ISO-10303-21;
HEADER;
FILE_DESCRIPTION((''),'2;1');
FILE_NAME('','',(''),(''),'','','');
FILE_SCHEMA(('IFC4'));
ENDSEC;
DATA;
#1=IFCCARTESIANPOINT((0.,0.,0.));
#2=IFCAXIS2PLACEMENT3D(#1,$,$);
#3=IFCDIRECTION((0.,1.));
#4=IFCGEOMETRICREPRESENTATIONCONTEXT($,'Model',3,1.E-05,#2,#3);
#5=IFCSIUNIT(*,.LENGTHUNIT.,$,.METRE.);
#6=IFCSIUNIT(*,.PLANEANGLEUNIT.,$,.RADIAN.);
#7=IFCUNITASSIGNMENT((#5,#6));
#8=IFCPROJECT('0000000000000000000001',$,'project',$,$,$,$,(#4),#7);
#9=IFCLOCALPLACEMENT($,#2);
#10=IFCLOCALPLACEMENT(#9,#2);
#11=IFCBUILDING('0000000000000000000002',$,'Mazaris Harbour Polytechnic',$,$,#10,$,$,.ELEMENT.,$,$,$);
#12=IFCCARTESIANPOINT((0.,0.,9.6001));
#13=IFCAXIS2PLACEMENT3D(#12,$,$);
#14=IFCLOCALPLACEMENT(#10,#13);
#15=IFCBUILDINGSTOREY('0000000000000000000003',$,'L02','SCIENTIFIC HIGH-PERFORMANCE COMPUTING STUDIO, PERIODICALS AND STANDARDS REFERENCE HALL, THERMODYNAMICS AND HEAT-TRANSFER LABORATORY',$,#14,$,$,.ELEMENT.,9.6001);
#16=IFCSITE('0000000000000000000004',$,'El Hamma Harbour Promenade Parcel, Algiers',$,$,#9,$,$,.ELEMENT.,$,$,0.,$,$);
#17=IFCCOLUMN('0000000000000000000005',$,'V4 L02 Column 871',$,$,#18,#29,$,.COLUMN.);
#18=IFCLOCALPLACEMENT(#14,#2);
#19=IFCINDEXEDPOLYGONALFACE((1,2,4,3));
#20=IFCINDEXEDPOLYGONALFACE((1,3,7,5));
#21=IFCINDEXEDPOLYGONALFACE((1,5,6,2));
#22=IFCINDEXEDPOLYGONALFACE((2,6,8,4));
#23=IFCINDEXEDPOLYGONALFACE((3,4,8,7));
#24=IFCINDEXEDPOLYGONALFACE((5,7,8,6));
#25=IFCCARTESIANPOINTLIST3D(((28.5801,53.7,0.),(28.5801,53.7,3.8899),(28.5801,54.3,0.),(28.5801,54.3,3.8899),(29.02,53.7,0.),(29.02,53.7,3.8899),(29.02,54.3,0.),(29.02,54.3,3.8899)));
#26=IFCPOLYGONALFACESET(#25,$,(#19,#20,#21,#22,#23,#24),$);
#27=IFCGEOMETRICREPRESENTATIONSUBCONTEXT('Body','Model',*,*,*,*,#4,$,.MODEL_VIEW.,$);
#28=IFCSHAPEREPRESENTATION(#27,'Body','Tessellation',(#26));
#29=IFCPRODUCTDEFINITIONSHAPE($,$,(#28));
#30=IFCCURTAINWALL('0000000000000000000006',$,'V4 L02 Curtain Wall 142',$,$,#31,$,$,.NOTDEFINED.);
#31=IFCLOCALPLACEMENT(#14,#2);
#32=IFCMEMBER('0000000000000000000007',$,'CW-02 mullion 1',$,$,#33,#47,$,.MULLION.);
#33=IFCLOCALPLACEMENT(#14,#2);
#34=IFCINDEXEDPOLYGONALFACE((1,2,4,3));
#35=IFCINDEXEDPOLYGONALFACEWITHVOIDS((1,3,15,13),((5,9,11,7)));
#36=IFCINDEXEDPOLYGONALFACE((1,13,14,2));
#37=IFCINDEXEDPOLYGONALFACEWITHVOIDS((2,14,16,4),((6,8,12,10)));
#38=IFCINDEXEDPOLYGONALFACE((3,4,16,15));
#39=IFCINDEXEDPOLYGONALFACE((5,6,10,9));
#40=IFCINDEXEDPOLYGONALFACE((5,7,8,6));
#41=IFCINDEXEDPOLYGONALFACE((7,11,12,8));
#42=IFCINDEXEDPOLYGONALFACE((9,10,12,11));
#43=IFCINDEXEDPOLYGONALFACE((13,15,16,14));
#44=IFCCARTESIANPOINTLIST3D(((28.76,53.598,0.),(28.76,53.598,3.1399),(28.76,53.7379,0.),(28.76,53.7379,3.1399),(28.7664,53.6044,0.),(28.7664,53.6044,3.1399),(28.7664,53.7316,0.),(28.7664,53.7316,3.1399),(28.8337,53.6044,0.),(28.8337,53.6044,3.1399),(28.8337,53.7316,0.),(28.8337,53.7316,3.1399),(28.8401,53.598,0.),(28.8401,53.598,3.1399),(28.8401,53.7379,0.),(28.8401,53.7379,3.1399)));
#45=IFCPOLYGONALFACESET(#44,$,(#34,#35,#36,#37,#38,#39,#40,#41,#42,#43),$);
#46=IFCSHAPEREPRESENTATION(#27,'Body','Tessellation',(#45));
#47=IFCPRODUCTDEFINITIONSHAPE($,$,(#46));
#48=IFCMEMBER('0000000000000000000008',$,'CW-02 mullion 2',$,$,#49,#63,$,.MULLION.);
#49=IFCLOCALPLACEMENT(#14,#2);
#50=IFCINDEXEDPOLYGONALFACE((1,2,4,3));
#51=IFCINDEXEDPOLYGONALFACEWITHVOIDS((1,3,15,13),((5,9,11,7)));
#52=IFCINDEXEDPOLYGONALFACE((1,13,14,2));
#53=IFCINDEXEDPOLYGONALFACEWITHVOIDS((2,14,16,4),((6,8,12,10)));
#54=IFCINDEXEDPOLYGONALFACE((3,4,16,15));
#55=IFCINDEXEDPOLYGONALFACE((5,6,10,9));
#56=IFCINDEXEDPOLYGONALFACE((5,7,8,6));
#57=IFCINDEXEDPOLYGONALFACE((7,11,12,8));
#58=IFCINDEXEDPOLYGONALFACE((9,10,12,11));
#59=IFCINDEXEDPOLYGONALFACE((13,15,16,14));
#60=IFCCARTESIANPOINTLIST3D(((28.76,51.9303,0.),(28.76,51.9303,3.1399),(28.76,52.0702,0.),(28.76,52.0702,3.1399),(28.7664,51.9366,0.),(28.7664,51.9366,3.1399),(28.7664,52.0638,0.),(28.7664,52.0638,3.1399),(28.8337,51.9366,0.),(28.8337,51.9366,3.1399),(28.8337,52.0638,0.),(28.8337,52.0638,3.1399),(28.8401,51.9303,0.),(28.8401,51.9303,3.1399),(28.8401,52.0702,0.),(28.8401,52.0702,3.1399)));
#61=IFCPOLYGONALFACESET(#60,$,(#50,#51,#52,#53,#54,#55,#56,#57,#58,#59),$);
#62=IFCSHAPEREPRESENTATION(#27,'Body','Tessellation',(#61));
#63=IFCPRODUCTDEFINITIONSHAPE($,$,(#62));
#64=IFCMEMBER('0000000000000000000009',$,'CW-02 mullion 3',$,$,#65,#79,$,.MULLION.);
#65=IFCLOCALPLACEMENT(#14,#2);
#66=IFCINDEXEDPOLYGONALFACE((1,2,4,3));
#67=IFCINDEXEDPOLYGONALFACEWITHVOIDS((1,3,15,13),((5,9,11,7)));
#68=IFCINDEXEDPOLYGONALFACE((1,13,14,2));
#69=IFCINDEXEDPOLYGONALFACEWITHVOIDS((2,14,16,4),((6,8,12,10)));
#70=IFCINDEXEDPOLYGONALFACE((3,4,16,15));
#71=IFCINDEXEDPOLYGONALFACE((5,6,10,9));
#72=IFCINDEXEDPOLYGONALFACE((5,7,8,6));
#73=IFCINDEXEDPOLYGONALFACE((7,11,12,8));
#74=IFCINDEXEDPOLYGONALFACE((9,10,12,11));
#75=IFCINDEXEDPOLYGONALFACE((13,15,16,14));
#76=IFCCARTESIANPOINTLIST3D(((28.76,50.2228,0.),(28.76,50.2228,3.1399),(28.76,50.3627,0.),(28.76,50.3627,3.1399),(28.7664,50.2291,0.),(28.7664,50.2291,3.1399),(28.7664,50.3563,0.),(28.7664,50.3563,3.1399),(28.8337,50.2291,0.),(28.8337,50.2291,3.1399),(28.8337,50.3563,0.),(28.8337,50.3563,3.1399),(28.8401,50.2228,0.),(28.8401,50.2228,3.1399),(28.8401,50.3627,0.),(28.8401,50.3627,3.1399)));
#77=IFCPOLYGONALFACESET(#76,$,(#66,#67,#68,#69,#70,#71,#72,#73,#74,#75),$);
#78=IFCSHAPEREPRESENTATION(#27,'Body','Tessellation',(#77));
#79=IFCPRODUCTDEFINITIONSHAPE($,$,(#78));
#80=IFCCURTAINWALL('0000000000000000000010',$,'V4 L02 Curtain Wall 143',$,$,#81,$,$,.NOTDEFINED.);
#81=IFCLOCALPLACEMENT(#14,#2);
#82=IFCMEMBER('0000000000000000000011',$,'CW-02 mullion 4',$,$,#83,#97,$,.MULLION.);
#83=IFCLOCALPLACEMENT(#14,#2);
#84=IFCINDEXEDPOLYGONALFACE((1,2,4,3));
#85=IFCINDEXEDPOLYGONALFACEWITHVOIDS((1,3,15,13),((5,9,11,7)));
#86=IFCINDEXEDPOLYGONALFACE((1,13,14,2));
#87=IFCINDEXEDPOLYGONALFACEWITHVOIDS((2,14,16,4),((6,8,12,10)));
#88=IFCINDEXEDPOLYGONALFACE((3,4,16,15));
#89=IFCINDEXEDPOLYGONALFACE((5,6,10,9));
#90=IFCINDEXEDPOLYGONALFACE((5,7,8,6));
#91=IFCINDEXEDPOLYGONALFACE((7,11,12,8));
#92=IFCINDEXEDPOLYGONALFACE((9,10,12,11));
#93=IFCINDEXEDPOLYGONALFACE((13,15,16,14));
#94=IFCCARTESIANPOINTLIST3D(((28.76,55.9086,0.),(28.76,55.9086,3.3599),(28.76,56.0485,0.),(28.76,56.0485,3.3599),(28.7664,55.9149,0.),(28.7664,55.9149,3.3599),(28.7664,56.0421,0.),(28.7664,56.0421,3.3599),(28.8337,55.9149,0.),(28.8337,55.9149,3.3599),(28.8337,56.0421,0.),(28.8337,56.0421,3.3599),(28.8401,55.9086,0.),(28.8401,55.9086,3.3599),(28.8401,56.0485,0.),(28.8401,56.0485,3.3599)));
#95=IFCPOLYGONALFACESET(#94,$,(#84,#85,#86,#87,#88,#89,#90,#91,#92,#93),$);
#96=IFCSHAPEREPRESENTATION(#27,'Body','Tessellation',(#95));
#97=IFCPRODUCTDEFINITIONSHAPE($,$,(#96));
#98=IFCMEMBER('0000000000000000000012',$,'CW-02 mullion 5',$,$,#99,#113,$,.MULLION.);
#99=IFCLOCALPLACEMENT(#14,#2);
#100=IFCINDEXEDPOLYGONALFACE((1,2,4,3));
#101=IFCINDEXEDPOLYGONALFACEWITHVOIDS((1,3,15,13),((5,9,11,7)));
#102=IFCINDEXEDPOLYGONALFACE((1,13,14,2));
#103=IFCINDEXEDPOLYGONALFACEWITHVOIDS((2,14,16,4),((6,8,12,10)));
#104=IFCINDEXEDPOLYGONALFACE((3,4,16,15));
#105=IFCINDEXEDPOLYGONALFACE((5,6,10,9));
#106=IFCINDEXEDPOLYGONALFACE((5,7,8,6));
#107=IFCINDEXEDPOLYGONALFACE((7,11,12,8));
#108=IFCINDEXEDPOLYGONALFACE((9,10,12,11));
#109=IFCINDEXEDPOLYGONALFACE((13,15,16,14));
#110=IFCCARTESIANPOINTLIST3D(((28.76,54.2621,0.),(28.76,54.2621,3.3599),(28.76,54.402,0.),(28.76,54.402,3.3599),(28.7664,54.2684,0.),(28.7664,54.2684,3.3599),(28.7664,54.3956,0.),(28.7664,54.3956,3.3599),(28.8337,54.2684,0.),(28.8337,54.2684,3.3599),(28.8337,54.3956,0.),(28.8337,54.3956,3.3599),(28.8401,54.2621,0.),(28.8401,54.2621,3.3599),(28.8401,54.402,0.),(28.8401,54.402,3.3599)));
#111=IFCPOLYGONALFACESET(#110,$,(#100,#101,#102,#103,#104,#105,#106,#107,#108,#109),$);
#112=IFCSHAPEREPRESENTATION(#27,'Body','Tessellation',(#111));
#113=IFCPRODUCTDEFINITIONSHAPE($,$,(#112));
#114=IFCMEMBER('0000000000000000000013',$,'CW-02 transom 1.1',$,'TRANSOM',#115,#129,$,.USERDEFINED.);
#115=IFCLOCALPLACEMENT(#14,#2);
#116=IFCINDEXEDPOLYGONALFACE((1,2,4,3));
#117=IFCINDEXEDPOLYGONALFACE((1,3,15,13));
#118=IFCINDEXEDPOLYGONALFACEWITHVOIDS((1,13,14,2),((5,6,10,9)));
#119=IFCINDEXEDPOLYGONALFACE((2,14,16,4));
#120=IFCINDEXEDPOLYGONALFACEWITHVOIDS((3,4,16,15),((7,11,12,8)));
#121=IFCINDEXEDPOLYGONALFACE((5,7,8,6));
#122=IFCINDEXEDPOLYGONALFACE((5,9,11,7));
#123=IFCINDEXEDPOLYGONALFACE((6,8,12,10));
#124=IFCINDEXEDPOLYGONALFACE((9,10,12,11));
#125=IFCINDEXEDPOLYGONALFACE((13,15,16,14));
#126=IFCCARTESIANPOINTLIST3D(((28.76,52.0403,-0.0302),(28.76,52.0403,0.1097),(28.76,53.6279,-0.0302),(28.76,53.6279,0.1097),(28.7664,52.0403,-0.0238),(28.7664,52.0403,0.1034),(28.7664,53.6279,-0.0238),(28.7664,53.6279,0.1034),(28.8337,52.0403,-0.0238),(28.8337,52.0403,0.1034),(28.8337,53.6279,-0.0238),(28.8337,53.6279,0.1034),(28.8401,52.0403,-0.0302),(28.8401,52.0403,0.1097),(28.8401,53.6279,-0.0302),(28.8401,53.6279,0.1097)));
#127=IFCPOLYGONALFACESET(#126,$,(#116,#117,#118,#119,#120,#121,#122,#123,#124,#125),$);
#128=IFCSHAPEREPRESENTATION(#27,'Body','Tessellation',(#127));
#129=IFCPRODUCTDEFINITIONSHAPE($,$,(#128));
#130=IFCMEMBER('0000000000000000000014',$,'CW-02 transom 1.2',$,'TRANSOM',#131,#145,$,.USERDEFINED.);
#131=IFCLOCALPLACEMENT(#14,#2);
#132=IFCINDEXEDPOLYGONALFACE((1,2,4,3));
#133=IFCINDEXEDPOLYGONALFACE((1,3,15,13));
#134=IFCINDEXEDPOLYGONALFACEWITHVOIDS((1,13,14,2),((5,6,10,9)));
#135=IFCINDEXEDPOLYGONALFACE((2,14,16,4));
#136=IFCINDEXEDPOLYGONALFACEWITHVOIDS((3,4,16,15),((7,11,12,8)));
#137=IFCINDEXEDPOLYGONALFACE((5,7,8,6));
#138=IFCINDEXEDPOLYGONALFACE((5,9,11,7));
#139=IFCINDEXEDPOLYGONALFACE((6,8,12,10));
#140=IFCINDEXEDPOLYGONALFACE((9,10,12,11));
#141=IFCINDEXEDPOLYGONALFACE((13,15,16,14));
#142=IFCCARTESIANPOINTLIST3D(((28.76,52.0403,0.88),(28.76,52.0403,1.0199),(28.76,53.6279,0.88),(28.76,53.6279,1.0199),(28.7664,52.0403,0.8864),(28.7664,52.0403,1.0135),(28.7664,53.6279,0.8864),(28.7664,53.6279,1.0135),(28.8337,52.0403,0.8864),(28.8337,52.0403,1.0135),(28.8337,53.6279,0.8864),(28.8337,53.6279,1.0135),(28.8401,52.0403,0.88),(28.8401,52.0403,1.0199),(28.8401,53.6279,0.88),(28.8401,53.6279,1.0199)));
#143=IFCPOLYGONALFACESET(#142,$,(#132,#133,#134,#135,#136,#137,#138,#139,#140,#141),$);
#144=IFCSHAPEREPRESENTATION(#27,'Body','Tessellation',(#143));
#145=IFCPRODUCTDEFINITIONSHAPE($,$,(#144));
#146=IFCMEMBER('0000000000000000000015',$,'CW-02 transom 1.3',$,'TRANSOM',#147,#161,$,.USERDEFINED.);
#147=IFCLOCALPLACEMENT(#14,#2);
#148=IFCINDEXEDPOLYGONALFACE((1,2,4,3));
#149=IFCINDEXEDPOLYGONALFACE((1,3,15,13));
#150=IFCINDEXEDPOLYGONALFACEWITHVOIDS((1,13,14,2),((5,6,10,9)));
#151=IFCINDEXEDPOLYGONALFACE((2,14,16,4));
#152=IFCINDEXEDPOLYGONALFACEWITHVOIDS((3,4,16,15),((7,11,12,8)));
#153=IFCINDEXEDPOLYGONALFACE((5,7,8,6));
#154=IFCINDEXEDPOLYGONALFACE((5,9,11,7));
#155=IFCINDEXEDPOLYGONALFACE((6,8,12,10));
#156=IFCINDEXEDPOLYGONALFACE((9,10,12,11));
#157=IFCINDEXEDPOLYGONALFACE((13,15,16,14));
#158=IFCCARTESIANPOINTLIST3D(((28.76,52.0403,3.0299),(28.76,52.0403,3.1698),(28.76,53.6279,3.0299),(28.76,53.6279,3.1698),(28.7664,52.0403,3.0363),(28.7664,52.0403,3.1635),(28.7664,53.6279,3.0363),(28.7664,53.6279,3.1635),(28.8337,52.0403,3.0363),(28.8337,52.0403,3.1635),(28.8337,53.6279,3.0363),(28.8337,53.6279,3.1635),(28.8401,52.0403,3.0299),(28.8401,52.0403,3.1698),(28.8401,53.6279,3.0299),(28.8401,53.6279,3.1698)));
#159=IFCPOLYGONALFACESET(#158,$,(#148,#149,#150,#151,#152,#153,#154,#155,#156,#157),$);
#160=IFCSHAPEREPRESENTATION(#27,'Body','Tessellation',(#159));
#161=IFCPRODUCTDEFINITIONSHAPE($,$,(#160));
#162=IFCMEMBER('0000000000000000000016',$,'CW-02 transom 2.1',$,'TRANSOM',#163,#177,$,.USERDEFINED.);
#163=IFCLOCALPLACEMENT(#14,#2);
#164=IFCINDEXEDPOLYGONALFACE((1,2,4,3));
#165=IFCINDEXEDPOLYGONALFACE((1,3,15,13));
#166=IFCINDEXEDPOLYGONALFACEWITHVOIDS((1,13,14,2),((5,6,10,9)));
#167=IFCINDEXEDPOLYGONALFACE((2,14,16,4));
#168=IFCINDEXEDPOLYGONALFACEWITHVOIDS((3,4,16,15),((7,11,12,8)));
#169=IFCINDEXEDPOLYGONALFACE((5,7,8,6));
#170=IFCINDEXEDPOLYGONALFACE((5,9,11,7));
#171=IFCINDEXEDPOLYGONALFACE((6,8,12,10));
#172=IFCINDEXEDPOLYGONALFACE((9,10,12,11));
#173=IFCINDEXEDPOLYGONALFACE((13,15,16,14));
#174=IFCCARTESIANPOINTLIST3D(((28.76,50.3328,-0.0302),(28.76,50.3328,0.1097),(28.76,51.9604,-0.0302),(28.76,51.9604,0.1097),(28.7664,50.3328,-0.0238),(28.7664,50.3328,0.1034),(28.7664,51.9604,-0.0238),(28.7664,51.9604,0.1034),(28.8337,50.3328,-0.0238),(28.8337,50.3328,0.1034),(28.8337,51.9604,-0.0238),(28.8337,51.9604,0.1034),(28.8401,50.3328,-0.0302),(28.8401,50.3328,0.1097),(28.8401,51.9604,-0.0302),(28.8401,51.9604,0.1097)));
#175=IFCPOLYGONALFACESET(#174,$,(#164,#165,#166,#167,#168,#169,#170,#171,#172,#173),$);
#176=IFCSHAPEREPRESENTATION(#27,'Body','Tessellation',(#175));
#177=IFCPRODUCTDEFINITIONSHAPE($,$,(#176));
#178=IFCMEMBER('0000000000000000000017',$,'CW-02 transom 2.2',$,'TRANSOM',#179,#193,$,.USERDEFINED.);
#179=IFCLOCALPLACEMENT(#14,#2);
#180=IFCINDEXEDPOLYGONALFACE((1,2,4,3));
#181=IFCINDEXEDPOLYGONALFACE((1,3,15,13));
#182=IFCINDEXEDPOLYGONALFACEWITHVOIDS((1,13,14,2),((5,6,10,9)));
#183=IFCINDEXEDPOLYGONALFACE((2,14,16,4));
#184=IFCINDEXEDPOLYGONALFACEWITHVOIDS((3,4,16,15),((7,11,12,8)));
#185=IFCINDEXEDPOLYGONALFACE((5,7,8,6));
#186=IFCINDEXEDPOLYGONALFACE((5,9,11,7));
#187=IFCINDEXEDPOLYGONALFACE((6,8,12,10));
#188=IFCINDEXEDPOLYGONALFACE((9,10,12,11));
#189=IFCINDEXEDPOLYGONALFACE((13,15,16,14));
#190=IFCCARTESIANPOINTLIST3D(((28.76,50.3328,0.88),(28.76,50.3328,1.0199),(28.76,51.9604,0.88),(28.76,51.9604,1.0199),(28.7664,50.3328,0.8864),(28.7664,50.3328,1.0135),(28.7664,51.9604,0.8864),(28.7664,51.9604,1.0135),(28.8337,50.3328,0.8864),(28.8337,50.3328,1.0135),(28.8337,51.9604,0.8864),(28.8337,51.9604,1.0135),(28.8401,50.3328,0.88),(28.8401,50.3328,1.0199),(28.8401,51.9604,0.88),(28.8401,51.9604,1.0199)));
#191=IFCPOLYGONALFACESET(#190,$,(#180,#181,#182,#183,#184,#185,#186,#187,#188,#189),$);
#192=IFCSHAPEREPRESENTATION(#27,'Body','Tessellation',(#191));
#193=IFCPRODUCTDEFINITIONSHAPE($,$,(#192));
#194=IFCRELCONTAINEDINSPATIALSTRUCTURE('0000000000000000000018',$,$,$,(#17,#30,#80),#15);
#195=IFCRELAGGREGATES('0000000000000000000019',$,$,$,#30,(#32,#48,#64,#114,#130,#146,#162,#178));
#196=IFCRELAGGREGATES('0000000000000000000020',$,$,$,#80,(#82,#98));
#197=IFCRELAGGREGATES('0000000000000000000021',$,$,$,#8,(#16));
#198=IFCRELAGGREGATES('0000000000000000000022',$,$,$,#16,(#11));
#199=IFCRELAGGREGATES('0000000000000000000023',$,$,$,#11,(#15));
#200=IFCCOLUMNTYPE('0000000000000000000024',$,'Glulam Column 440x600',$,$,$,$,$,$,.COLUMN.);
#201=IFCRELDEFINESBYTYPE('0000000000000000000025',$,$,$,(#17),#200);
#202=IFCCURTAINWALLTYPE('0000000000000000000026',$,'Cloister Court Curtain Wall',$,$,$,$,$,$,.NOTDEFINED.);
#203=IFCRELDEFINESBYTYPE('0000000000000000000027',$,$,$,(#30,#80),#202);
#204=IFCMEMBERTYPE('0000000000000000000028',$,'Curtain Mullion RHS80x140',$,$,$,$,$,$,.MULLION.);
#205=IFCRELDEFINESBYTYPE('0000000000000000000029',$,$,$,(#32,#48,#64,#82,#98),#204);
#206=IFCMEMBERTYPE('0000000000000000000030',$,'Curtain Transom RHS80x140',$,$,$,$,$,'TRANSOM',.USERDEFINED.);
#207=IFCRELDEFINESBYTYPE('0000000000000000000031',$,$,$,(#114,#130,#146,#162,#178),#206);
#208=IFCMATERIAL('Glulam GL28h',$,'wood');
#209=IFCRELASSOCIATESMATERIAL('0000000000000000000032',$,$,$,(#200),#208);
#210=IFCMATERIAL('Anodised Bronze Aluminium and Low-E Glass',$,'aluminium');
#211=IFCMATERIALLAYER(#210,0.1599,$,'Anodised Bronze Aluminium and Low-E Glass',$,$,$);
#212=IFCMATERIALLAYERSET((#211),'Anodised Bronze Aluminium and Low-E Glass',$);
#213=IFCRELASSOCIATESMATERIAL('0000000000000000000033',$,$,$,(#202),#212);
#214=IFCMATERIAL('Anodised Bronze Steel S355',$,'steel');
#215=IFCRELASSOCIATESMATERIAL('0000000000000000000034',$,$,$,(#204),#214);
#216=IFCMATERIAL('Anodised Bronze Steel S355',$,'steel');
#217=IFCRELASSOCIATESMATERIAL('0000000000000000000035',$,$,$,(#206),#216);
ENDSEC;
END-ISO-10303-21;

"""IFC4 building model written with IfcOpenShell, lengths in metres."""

from ifc_helpers import new_model, si_unit, direction, frame, origin, origin_2d, place, context, subcontext, project, spatial, rectangle, hollow_rectangle, extrude, material, layer, layer_set, material_profile, profile_set, type_object, element, aggregate, save


model = new_model("IFC4")

# Units and contexts
model_context = context("Model", 3, precision=1e-05, world=origin(), true_north=direction((0.0, 1.0)))
body_context = subcontext(model_context, "Body", "Model", "MODEL_VIEW")
ifc_project = project(units=[si_unit("LENGTHUNIT", "METRE"), si_unit("PLANEANGLEUNIT", "RADIAN")], contexts=[model_context])

# Site, building, storey
site_placement = place(None, origin())
site = spatial("IfcSite", under=ifc_project, at=site_placement, Name="El Hamma Harbour Promenade Parcel, Algiers", CompositionType="ELEMENT", RefElevation=0.0)
building_placement = place(site_placement, origin())
building = spatial("IfcBuilding", under=site, at=building_placement, Name="Mazaris Harbour Polytechnic", CompositionType="ELEMENT")
storey_placement = place(building_placement, frame((0.0, 0.0, 9.6001)))
storey = spatial("IfcBuildingStorey", under=building, at=storey_placement, Name="L02", Description="SCIENTIFIC HIGH-PERFORMANCE COMPUTING STUDIO, PERIODICALS AND STANDARDS REFERENCE HALL, THERMODYNAMICS AND HEAT-TRANSFER LABORATORY", CompositionType="ELEMENT", Elevation=9.6001)

# Column
ifc_material_1 = material(Name="Glulam GL28h", Category="wood")
ifc_material_profile_1 = material_profile(ifc_material_1, rectangle(XDim=0.4399, YDim=0.6001, at=origin_2d()), Name="RECT440x600")
ifc_profile_set_1 = profile_set([ifc_material_profile_1], Name="Glulam GL28h")
column_type = type_object("IfcColumnType", Name="Glulam Column 440x600", PredefinedType="COLUMN", material=ifc_profile_set_1)
column_placement = place(storey_placement, frame((28.8, 54.0, 0.0), z_axis=(0.0, 0.0, 1.0), x_axis=(1.0, 0.0, 0.0)))
element("IfcColumn", 1, at=column_placement, inside=storey, type_object=column_type, Name="V4 L02 Column 871", PredefinedType="COLUMN", context=body_context, shape_type="SweptSolid", body=[
    extrude(rectangle(XDim=0.4399, YDim=0.6001, at=origin_2d()), origin(), (0.0, 0.0, 1.0), 3.8899),
])

# Curtain walls, members
ifc_material_2 = material(Name="Anodised Bronze Aluminium and Low-E Glass", Category="aluminium")
ifc_layer_1 = layer(ifc_material_2, 0.1599, Name="Anodised Bronze Aluminium and Low-E Glass")
ifc_layer_set_1 = layer_set([ifc_layer_1], Name="Anodised Bronze Aluminium and Low-E Glass")
curtain_wall_type = type_object("IfcCurtainWallType", Name="Cloister Court Curtain Wall", PredefinedType="NOTDEFINED", material=ifc_layer_set_1)
curtain_wall_1_placement = place(storey_placement, origin())
curtain_wall_1 = element("IfcCurtainWall", 2, at=curtain_wall_1_placement, inside=storey, type_object=curtain_wall_type, Name="V4 L02 Curtain Wall 142", PredefinedType="NOTDEFINED")
ifc_material_3 = material(Name="Anodised Bronze Steel S355", Category="steel")
ifc_material_profile_2 = material_profile(ifc_material_3, hollow_rectangle(XDim=0.0801, YDim=0.1399, WallThickness=0.0063, at=origin_2d()), Name="RHS 80x140x6.3")
ifc_profile_set_2 = profile_set([ifc_material_profile_2], Name="Anodised Bronze Steel S355")
member_type_1 = type_object("IfcMemberType", Name="Curtain Mullion RHS80x140", PredefinedType="MULLION", material=ifc_profile_set_2)
member_1_placement = place(storey_placement, frame((28.8, 53.668, 0.0), z_axis=(0.0, 0.0, 1.0), x_axis=(1.0, 0.0, 0.0)))
member_1 = element("IfcMember", 3, at=member_1_placement, type_object=member_type_1, Name="CW-02 mullion 1", PredefinedType="MULLION", context=body_context, shape_type="SweptSolid", body=[
    extrude(hollow_rectangle(XDim=0.0801, YDim=0.1399, WallThickness=0.0063, at=origin_2d()), origin(), (0.0, 0.0, 1.0), 3.1399),
])
member_2_placement = place(storey_placement, frame((28.8, 52.0002, 0.0), z_axis=(0.0, 0.0, 1.0), x_axis=(1.0, 0.0, 0.0)))
member_2 = element("IfcMember", 4, at=member_2_placement, type_object=member_type_1, Name="CW-02 mullion 2", PredefinedType="MULLION", context=body_context, shape_type="SweptSolid", body=[
    extrude(hollow_rectangle(XDim=0.0801, YDim=0.1399, WallThickness=0.0063, at=origin_2d()), origin(), (0.0, 0.0, 1.0), 3.1399),
])
member_3_placement = place(storey_placement, frame((28.8, 50.2927, 0.0), z_axis=(0.0, 0.0, 1.0), x_axis=(1.0, 0.0, 0.0)))
member_3 = element("IfcMember", 5, at=member_3_placement, type_object=member_type_1, Name="CW-02 mullion 3", PredefinedType="MULLION", context=body_context, shape_type="SweptSolid", body=[
    extrude(hollow_rectangle(XDim=0.0801, YDim=0.1399, WallThickness=0.0063, at=origin_2d()), origin(), (0.0, 0.0, 1.0), 3.1399),
])
curtain_wall_2_placement = place(storey_placement, origin())
curtain_wall_2 = element("IfcCurtainWall", 6, at=curtain_wall_2_placement, inside=storey, type_object=curtain_wall_type, Name="V4 L02 Curtain Wall 143", PredefinedType="NOTDEFINED")
member_4_placement = place(storey_placement, frame((28.8, 55.9785, 0.0), z_axis=(0.0, 0.0, 1.0), x_axis=(1.0, 0.0, 0.0)))
member_4 = element("IfcMember", 7, at=member_4_placement, type_object=member_type_1, Name="CW-02 mullion 4", PredefinedType="MULLION", context=body_context, shape_type="SweptSolid", body=[
    extrude(hollow_rectangle(XDim=0.0801, YDim=0.1399, WallThickness=0.0063, at=origin_2d()), origin(), (0.0, 0.0, 1.0), 3.3599),
])
member_5_placement = place(storey_placement, frame((28.8, 54.332, 0.0), z_axis=(0.0, 0.0, 1.0), x_axis=(1.0, 0.0, 0.0)))
member_5 = element("IfcMember", 8, at=member_5_placement, type_object=member_type_1, Name="CW-02 mullion 5", PredefinedType="MULLION", context=body_context, shape_type="SweptSolid", body=[
    extrude(hollow_rectangle(XDim=0.0801, YDim=0.1399, WallThickness=0.0063, at=origin_2d()), origin(), (0.0, 0.0, 1.0), 3.3599),
])

# Members
ifc_material_4 = material(Name="Anodised Bronze Steel S355", Category="steel")
ifc_material_profile_3 = material_profile(ifc_material_4, hollow_rectangle(XDim=0.0801, YDim=0.1399, WallThickness=0.0063, at=origin_2d()), Name="RHS 80x140x6.3")
ifc_profile_set_3 = profile_set([ifc_material_profile_3], Name="Anodised Bronze Steel S355")
member_type_2 = type_object("IfcMemberType", Name="Curtain Transom RHS80x140", ElementType="TRANSOM", PredefinedType="USERDEFINED", material=ifc_profile_set_3)
member_6_placement = place(storey_placement, frame((28.8, 53.6279, 0.0398), z_axis=(0.0, -1.0, 0.0), x_axis=(1.0, 0.0, 0.0)))
member_6 = element("IfcMember", 9, at=member_6_placement, type_object=member_type_2, Name="CW-02 transom 1.1", ObjectType="TRANSOM", PredefinedType="USERDEFINED", context=body_context, shape_type="SweptSolid", body=[
    extrude(hollow_rectangle(XDim=0.0801, YDim=0.1399, WallThickness=0.0063, at=origin_2d()), origin(), (0.0, 0.0, 1.0), 1.5876),
])
member_7_placement = place(storey_placement, frame((28.8, 53.6279, 0.95), z_axis=(0.0, -1.0, 0.0), x_axis=(1.0, 0.0, 0.0)))
member_7 = element("IfcMember", 10, at=member_7_placement, type_object=member_type_2, Name="CW-02 transom 1.2", ObjectType="TRANSOM", PredefinedType="USERDEFINED", context=body_context, shape_type="SweptSolid", body=[
    extrude(hollow_rectangle(XDim=0.0801, YDim=0.1399, WallThickness=0.0063, at=origin_2d()), origin(), (0.0, 0.0, 1.0), 1.5876),
])
member_8_placement = place(storey_placement, frame((28.8, 53.6279, 3.0999), z_axis=(0.0, -1.0, 0.0), x_axis=(1.0, 0.0, 0.0)))
member_8 = element("IfcMember", 11, at=member_8_placement, type_object=member_type_2, Name="CW-02 transom 1.3", ObjectType="TRANSOM", PredefinedType="USERDEFINED", context=body_context, shape_type="SweptSolid", body=[
    extrude(hollow_rectangle(XDim=0.0801, YDim=0.1399, WallThickness=0.0063, at=origin_2d()), origin(), (0.0, 0.0, 1.0), 1.5876),
])
member_9_placement = place(storey_placement, frame((28.8, 51.9604, 0.0398), z_axis=(0.0, -1.0, 0.0), x_axis=(1.0, 0.0, 0.0)))
member_9 = element("IfcMember", 12, at=member_9_placement, type_object=member_type_2, Name="CW-02 transom 2.1", ObjectType="TRANSOM", PredefinedType="USERDEFINED", context=body_context, shape_type="SweptSolid", body=[
    extrude(hollow_rectangle(XDim=0.0801, YDim=0.1399, WallThickness=0.0063, at=origin_2d()), origin(), (0.0, 0.0, 1.0), 1.6277),
])
member_10_placement = place(storey_placement, frame((28.8, 51.9604, 0.95), z_axis=(0.0, -1.0, 0.0), x_axis=(1.0, 0.0, 0.0)))
member_10 = element("IfcMember", 13, at=member_10_placement, type_object=member_type_2, Name="CW-02 transom 2.2", ObjectType="TRANSOM", PredefinedType="USERDEFINED", context=body_context, shape_type="SweptSolid", body=[
    extrude(hollow_rectangle(XDim=0.0801, YDim=0.1399, WallThickness=0.0063, at=origin_2d()), origin(), (0.0, 0.0, 1.0), 1.6277),
])

aggregate(curtain_wall_1, [member_1, member_2, member_3, member_6, member_7, member_8, member_9, member_10])
aggregate(curtain_wall_2, [member_4, member_5])

save(model, "model.ifc")
